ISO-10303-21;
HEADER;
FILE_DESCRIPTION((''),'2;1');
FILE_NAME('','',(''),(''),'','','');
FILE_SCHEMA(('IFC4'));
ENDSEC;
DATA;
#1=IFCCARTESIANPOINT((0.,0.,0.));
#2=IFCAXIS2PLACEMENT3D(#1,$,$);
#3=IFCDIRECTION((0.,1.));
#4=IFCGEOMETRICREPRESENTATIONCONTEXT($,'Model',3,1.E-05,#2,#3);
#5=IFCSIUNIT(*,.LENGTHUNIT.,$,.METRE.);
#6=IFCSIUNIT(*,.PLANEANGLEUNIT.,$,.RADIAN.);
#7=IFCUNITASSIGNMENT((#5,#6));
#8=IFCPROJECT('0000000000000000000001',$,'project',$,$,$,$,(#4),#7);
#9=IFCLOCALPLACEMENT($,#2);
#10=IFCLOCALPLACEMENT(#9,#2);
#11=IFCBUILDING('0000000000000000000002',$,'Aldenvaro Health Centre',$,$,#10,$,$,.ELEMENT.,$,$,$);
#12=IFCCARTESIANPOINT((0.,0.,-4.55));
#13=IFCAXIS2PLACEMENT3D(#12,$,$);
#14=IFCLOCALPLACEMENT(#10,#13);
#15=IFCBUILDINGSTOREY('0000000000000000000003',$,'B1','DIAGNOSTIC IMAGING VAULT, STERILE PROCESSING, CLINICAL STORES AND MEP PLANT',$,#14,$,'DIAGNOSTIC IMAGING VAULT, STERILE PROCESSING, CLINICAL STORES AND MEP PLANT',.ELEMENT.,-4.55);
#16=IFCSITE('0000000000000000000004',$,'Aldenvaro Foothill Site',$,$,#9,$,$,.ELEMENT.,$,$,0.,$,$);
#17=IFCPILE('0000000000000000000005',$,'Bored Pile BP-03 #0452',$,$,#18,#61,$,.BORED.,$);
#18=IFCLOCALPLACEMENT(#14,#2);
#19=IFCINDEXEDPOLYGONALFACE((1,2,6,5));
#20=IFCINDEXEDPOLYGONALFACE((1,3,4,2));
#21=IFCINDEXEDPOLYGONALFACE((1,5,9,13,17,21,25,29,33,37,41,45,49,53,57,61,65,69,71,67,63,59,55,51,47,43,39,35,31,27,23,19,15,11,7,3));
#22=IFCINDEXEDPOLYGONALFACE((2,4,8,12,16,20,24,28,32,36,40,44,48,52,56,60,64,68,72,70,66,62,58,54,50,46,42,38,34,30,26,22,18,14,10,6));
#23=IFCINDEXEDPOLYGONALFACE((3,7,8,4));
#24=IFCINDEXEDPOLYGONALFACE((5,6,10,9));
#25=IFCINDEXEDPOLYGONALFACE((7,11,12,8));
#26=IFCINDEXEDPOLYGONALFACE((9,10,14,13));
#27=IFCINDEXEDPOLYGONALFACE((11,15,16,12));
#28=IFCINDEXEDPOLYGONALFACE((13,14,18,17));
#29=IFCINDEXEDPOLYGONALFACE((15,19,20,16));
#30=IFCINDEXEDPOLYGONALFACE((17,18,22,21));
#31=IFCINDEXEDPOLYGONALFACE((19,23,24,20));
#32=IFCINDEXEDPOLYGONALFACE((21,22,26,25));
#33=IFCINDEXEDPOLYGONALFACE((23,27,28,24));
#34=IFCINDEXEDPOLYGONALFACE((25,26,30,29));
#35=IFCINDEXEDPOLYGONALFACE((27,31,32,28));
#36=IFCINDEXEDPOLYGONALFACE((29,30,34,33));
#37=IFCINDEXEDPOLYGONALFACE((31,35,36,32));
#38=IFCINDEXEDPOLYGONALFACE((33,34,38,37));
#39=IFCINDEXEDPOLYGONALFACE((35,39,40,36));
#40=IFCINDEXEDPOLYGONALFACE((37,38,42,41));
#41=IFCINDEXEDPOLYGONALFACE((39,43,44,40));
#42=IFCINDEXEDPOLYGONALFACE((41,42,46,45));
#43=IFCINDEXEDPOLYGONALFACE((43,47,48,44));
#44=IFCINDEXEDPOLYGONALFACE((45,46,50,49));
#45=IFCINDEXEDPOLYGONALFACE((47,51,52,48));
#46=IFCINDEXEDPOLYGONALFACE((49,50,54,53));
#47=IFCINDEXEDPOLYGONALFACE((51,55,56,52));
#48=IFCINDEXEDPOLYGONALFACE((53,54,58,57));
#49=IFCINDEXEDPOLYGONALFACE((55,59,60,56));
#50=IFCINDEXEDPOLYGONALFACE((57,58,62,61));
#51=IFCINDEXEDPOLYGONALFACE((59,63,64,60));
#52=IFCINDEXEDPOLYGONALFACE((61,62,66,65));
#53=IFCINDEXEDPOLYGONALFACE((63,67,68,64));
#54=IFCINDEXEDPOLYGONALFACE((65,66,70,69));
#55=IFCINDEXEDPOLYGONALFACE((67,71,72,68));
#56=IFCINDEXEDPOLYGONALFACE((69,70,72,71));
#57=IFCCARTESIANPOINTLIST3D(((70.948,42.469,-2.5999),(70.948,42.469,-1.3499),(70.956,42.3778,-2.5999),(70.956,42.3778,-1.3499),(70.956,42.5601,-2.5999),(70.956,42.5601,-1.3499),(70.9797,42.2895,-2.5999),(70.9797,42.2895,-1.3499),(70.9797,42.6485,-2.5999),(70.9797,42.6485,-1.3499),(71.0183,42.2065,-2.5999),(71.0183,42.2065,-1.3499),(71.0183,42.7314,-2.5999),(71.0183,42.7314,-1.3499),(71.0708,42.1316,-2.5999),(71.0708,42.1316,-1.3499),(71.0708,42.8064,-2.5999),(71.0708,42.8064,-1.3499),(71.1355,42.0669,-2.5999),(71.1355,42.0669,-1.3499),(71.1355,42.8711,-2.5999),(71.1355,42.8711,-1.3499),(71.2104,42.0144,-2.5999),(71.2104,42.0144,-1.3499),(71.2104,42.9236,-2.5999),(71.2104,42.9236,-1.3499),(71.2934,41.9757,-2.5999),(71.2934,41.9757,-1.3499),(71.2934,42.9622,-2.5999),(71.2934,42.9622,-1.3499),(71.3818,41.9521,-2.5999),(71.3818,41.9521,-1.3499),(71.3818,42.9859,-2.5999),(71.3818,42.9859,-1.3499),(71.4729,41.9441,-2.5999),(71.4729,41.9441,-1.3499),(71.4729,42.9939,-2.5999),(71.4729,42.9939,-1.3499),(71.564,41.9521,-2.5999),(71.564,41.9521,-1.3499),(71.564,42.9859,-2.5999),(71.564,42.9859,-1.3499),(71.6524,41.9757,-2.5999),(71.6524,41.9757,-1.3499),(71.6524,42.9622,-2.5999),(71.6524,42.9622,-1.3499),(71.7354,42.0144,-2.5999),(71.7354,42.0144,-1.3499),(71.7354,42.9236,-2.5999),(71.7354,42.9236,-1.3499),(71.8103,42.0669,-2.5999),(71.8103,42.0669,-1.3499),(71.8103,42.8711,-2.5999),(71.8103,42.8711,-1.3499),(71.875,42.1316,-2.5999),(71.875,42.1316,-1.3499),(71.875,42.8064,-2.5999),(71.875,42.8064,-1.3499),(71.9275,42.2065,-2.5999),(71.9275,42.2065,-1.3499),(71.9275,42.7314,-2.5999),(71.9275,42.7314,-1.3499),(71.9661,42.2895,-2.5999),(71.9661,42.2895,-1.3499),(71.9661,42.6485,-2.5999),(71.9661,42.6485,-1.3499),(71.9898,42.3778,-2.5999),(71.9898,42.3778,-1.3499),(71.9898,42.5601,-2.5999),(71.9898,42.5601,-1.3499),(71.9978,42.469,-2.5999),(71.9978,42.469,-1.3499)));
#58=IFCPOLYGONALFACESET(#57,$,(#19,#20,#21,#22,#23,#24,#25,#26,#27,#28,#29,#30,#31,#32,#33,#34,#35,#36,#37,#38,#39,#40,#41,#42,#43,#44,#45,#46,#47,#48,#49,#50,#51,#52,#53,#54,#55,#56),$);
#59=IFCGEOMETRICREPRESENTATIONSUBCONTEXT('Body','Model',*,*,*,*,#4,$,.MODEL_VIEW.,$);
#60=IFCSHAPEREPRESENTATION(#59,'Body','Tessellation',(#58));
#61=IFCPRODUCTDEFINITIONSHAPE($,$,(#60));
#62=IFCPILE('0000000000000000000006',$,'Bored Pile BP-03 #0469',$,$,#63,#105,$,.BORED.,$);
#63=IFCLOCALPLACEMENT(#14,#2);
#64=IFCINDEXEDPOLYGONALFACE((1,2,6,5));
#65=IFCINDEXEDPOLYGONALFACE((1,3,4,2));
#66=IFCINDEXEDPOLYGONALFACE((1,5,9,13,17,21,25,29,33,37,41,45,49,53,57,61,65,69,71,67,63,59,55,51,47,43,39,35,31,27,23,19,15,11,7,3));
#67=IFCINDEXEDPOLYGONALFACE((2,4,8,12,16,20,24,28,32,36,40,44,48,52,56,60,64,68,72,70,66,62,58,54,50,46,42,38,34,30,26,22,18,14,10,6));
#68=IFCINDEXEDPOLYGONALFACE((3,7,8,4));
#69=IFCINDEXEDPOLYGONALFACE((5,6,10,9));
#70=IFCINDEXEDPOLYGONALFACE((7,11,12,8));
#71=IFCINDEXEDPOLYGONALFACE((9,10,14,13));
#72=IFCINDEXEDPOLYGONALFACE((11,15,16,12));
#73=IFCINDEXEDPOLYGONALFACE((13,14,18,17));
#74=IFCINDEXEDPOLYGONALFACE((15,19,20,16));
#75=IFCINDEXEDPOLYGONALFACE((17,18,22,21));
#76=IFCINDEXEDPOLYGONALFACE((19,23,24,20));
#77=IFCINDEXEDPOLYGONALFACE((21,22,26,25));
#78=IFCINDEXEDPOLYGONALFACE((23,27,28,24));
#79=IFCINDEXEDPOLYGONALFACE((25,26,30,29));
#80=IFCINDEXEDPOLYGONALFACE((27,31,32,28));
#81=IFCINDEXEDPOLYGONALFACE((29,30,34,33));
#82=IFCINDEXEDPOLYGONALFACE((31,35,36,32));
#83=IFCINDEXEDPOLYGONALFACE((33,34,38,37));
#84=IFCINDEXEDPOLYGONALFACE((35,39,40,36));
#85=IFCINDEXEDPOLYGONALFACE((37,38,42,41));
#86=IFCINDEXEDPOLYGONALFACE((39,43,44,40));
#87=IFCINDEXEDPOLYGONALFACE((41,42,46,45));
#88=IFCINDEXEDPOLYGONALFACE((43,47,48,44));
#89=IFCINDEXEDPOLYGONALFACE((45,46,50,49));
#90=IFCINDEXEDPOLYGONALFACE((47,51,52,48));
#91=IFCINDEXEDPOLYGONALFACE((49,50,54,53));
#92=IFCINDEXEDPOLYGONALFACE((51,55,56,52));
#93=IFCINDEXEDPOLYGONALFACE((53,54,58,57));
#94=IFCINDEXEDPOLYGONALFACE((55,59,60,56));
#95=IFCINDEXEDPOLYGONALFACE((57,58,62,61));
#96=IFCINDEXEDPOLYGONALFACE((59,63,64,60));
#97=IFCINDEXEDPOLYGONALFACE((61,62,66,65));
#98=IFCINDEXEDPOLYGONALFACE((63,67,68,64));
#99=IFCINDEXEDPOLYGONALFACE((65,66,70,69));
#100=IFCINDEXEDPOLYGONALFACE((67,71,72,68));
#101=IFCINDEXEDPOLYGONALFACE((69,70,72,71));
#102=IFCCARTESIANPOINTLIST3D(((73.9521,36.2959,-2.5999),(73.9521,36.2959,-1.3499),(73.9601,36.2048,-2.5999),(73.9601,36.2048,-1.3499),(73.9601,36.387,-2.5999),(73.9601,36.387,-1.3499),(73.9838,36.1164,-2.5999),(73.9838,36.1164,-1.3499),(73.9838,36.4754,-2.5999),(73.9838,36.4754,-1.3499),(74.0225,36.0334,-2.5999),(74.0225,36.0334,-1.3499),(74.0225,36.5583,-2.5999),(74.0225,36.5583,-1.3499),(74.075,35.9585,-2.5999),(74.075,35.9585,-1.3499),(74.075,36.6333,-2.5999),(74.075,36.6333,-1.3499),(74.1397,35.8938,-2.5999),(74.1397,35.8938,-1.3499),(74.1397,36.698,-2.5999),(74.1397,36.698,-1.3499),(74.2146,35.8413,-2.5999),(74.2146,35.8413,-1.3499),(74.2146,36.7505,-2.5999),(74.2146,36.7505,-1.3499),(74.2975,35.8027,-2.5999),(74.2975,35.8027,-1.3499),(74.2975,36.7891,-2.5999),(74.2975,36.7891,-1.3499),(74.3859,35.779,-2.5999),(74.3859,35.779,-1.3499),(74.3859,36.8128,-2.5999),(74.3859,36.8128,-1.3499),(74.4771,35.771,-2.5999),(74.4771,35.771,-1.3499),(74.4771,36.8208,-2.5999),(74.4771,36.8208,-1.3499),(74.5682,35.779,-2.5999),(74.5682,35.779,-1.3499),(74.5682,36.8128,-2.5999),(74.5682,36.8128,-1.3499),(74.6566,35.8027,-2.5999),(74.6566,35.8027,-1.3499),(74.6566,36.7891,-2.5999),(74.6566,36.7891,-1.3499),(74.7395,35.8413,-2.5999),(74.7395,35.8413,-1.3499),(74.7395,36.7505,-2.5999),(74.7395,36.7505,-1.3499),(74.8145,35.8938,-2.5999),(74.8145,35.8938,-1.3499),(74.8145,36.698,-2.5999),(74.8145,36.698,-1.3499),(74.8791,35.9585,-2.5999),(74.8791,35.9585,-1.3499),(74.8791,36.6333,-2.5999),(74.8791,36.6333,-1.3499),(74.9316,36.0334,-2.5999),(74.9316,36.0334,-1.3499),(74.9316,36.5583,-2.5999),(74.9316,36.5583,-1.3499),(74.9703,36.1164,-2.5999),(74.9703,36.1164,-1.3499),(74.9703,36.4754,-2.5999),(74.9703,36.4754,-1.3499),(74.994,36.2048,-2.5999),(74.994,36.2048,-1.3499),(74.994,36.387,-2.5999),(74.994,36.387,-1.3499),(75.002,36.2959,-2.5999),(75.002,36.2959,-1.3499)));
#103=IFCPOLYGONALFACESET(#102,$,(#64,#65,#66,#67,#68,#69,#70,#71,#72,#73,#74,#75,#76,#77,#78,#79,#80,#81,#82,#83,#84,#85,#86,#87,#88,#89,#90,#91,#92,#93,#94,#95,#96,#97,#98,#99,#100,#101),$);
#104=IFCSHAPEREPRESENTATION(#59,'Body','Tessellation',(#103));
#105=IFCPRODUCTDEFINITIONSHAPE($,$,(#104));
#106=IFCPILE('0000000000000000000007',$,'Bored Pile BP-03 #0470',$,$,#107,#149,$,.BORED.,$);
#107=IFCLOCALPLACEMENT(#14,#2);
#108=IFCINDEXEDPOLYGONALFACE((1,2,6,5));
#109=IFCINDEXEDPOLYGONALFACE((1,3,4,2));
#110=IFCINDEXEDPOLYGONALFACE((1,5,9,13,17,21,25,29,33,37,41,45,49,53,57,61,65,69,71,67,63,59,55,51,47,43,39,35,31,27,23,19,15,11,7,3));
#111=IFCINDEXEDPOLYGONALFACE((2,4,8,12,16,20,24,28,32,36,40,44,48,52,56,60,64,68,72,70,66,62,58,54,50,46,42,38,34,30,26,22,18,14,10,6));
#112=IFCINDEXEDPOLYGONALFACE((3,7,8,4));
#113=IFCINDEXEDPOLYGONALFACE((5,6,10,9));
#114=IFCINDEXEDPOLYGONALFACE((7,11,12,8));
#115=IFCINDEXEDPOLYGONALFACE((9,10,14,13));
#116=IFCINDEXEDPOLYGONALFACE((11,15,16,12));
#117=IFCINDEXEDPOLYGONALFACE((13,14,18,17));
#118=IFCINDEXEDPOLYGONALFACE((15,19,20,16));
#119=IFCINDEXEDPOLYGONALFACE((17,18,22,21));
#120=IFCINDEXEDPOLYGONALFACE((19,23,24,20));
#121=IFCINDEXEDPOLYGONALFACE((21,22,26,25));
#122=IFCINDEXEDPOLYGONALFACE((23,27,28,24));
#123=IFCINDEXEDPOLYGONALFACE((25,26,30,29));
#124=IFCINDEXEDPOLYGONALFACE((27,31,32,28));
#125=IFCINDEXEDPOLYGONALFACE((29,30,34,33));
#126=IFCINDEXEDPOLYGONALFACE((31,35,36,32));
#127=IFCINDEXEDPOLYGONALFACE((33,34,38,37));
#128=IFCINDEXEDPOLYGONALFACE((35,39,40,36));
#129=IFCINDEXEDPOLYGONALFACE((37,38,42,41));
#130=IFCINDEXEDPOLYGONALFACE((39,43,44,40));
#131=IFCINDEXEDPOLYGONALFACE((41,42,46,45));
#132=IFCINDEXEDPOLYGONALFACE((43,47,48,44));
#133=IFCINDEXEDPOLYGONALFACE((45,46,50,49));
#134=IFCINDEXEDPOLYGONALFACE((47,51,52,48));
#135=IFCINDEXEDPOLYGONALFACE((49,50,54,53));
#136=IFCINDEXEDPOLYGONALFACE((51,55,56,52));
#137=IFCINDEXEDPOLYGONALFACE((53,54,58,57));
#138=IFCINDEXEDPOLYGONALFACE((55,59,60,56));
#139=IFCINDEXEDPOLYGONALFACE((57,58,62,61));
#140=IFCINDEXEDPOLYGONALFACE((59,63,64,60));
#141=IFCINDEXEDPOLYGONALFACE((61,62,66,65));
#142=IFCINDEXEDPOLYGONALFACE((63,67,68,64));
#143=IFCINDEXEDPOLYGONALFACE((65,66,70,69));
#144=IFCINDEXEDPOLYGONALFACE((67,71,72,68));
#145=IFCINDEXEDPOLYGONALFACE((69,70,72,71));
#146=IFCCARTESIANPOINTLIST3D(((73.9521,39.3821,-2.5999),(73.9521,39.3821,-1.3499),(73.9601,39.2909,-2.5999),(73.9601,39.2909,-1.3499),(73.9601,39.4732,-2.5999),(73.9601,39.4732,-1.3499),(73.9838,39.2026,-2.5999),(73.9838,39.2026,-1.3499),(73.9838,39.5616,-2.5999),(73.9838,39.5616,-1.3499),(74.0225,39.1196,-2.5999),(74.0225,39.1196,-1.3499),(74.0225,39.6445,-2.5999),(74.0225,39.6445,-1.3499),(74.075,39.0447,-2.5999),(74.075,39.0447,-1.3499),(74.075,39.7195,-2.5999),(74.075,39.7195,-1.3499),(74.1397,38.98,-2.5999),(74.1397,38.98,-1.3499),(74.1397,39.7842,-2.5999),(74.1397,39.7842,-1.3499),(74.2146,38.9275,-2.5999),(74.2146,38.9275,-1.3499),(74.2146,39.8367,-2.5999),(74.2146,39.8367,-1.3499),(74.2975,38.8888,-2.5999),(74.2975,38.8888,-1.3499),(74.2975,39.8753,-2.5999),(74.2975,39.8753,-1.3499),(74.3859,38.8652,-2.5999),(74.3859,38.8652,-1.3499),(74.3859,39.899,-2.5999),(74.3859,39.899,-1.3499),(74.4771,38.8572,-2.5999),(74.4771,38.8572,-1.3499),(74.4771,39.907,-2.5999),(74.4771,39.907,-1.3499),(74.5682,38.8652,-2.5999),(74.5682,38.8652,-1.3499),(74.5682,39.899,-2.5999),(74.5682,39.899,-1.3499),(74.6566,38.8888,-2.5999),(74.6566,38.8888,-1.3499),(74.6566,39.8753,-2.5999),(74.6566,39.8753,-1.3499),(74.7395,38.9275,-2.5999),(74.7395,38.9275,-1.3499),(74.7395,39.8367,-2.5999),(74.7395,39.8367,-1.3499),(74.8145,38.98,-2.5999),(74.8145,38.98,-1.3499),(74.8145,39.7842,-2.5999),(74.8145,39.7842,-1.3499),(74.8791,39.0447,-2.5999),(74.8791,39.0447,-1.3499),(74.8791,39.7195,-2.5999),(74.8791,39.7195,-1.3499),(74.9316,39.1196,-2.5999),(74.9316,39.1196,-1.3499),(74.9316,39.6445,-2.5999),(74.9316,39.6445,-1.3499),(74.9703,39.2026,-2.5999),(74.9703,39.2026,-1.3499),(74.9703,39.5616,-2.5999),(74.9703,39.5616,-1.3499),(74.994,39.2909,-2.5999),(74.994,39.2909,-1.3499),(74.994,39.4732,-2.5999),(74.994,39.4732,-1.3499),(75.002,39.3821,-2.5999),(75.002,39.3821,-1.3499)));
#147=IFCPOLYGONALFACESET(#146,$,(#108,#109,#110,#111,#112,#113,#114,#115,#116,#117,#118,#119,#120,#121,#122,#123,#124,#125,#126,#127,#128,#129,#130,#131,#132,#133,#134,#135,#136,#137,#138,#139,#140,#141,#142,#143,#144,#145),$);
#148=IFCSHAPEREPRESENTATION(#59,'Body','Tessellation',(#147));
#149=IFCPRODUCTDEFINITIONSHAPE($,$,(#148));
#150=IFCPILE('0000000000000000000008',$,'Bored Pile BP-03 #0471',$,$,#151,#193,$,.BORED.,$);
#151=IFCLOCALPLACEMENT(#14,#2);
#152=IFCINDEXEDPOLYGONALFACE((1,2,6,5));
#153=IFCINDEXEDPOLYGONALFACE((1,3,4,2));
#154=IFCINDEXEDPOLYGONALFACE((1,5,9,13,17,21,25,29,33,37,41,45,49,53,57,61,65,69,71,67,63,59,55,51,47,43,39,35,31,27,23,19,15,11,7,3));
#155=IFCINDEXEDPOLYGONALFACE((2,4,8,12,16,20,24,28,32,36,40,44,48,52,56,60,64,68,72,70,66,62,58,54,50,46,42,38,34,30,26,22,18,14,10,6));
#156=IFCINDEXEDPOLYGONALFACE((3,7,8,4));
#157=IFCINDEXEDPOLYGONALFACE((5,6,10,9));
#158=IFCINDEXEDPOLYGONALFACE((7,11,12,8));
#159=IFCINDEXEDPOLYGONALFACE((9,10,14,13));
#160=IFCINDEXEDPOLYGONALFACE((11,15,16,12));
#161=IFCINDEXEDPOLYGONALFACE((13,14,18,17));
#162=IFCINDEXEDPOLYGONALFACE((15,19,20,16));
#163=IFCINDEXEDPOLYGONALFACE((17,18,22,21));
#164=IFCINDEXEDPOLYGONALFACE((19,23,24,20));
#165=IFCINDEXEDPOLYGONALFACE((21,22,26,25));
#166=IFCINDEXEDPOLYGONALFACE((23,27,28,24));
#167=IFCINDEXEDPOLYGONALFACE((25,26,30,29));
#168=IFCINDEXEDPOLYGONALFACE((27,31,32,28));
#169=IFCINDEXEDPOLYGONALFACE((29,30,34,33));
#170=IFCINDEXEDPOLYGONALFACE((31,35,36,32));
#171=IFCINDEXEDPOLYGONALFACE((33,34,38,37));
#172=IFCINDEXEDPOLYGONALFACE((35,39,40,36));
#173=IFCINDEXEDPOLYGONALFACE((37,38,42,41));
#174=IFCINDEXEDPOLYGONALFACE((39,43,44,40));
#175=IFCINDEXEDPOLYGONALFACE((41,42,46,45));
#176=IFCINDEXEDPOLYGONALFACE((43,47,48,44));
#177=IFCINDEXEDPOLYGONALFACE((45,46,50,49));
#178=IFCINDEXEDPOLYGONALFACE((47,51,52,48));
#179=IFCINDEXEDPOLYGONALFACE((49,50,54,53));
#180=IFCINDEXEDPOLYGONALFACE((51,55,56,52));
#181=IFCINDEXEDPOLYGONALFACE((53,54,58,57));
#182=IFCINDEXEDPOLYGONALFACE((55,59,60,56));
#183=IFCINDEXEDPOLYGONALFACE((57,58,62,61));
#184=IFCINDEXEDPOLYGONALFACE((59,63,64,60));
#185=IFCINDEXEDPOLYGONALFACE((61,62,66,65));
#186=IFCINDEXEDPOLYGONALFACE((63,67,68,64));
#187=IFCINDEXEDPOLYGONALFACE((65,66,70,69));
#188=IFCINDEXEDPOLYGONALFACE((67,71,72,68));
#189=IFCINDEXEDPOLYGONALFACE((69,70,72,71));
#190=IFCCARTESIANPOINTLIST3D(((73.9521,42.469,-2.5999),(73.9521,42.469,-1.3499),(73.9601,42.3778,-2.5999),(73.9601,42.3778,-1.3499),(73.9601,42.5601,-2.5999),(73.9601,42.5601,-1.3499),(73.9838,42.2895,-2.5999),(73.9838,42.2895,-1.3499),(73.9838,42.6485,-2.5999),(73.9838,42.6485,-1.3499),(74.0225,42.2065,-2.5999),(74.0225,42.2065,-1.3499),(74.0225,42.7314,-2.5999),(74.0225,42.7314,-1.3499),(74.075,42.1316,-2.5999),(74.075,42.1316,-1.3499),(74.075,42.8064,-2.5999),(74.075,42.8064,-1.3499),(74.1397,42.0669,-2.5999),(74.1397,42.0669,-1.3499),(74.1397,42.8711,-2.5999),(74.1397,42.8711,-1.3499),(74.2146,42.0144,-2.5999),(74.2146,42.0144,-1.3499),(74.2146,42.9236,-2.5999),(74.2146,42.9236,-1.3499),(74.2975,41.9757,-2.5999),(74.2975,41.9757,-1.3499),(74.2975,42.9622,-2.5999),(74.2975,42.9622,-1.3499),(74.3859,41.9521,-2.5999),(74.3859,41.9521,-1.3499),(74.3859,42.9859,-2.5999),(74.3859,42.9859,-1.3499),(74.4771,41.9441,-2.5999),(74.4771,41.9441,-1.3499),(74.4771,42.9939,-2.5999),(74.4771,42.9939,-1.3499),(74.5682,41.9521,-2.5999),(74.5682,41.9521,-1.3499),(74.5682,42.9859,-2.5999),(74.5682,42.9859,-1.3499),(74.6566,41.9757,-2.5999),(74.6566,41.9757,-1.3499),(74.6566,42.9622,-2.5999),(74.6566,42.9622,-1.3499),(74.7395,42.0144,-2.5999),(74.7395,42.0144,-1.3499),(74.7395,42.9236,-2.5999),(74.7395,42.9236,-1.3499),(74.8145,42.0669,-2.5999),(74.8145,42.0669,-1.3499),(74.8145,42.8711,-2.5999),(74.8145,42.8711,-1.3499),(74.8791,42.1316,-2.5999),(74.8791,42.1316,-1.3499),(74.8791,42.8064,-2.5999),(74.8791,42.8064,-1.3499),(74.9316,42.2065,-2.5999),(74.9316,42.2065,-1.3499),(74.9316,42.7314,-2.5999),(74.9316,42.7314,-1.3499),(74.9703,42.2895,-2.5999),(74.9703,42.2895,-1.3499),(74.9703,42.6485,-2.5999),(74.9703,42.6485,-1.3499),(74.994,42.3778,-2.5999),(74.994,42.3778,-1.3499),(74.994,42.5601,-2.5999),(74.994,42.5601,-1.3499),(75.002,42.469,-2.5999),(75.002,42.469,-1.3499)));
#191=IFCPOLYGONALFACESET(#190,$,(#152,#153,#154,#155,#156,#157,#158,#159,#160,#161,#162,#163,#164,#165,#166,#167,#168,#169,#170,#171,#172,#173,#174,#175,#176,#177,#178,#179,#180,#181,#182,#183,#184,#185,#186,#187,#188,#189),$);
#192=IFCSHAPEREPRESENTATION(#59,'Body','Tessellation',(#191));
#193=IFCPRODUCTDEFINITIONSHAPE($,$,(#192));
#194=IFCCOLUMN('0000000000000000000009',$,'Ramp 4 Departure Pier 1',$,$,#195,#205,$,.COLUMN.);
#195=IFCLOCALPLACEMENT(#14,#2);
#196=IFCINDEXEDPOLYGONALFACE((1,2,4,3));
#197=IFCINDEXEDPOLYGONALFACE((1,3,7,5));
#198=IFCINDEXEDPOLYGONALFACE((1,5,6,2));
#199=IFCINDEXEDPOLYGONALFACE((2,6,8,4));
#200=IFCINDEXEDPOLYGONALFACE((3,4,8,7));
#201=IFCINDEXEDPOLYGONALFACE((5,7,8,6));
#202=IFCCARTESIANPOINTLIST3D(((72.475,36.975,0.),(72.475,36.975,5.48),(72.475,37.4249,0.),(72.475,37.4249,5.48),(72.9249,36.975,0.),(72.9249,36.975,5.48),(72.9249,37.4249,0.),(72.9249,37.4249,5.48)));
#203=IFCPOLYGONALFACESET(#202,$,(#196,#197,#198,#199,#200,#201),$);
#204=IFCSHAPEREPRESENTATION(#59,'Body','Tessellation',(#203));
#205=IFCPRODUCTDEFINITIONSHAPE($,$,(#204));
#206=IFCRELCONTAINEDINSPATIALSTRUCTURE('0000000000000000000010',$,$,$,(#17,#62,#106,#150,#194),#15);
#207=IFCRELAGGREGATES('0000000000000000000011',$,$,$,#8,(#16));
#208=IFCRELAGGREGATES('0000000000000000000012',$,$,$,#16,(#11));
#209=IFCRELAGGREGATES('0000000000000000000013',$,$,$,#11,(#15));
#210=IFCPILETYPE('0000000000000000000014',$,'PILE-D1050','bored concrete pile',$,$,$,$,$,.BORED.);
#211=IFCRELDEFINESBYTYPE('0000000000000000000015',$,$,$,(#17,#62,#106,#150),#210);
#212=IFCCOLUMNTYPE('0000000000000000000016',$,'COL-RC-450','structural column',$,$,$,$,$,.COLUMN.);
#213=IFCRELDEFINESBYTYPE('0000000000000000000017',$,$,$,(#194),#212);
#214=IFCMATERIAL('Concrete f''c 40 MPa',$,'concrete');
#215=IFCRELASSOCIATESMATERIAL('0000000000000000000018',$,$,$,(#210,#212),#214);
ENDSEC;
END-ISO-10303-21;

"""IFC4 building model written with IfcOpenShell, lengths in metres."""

from ifc_helpers import new_model, si_unit, direction, frame, origin, origin_2d, place, context, subcontext, project, spatial, rectangle, circle, extrude, material, material_profile, profile_set, type_object, element, save


model = new_model("IFC4")

# Units and contexts
model_context = context("Model", 3, precision=1e-05, world=origin(), true_north=direction((0.0, 1.0)))
body_context = subcontext(model_context, "Body", "Model", "MODEL_VIEW")
ifc_project = project(units=[si_unit("LENGTHUNIT", "METRE"), si_unit("PLANEANGLEUNIT", "RADIAN")], contexts=[model_context])

# Site, building, storey
site_placement = place(None, origin())
site = spatial("IfcSite", under=ifc_project, at=site_placement, Name="Aldenvaro Foothill Site", CompositionType="ELEMENT", RefElevation=0.0)
building_placement = place(site_placement, origin())
building = spatial("IfcBuilding", under=site, at=building_placement, Name="Aldenvaro Health Centre", CompositionType="ELEMENT")
storey_placement = place(building_placement, frame((0.0, 0.0, -4.55)))
storey = spatial("IfcBuildingStorey", under=building, at=storey_placement, Name="B1", Description="DIAGNOSTIC IMAGING VAULT, STERILE PROCESSING, CLINICAL STORES AND MEP PLANT", LongName="DIAGNOSTIC IMAGING VAULT, STERILE PROCESSING, CLINICAL STORES AND MEP PLANT", CompositionType="ELEMENT", Elevation=-4.55)

# Piles
ifc_material = material(Name="Concrete f'c 40 MPa", Category="concrete")
ifc_material_profile_1 = material_profile(ifc_material, circle(Radius=0.5249, at=origin_2d()), Name="PILE D1050", Category="concrete")
ifc_profile_set_1 = profile_set([ifc_material_profile_1], Name="Concrete f'c 40 MPa")
pile_type = type_object("IfcPileType", Name="PILE-D1050", Description="bored concrete pile", PredefinedType="BORED", material=ifc_profile_set_1)
for number, where, z_axis, x_axis, name in (
    (1, (71.4729, 42.469, -1.3499), (0.0, 0.0, -1.0), (1.0, 0.0, 0.0), "Bored Pile BP-03 #0452"),
    (2, (74.4771, 36.2959, -1.3499), (0.0, 0.0, -1.0), (1.0, 0.0, 0.0), "Bored Pile BP-03 #0469"),
    (3, (74.4771, 39.3821, -1.3499), (0.0, 0.0, -1.0), (1.0, 0.0, 0.0), "Bored Pile BP-03 #0470"),
    (4, (74.4771, 42.469, -1.3499), (0.0, 0.0, -1.0), (1.0, 0.0, 0.0), "Bored Pile BP-03 #0471"),
):
    element("IfcPile", number, at=place(storey_placement, frame(where, z_axis=z_axis, x_axis=x_axis)), inside=storey, type_object=pile_type, Name=name, PredefinedType="BORED", context=body_context, shape_type="SweptSolid", body=[
        extrude(circle(Radius=0.5249, at=origin_2d()), origin(), (0.0, 0.0, 1.0), 1.25),
    ])

# Column
ifc_material_profile_2 = material_profile(ifc_material, rectangle(XDim=0.45, YDim=0.45, at=origin_2d()), Name="RC 450x450", Category="concrete")
ifc_profile_set_2 = profile_set([ifc_material_profile_2], Name="Concrete f'c 40 MPa")
column_type = type_object("IfcColumnType", Name="COL-RC-450", Description="structural column", PredefinedType="COLUMN", material=ifc_profile_set_2)
for number, where, z_axis, x_axis, name in (
    (5, (72.7, 37.2, 0.0), (0.0, 0.0, 1.0), (1.0, 0.0, 0.0), "Ramp 4 Departure Pier 1"),
):
    element("IfcColumn", number, at=place(storey_placement, frame(where, z_axis=z_axis, x_axis=x_axis)), inside=storey, type_object=column_type, Name=name, PredefinedType="COLUMN", context=body_context, shape_type="SweptSolid", body=[
        extrude(rectangle(XDim=0.45, YDim=0.45, at=origin_2d()), origin(), (0.0, 0.0, 1.0), 5.48),
    ])

save(model, "model.ifc")
